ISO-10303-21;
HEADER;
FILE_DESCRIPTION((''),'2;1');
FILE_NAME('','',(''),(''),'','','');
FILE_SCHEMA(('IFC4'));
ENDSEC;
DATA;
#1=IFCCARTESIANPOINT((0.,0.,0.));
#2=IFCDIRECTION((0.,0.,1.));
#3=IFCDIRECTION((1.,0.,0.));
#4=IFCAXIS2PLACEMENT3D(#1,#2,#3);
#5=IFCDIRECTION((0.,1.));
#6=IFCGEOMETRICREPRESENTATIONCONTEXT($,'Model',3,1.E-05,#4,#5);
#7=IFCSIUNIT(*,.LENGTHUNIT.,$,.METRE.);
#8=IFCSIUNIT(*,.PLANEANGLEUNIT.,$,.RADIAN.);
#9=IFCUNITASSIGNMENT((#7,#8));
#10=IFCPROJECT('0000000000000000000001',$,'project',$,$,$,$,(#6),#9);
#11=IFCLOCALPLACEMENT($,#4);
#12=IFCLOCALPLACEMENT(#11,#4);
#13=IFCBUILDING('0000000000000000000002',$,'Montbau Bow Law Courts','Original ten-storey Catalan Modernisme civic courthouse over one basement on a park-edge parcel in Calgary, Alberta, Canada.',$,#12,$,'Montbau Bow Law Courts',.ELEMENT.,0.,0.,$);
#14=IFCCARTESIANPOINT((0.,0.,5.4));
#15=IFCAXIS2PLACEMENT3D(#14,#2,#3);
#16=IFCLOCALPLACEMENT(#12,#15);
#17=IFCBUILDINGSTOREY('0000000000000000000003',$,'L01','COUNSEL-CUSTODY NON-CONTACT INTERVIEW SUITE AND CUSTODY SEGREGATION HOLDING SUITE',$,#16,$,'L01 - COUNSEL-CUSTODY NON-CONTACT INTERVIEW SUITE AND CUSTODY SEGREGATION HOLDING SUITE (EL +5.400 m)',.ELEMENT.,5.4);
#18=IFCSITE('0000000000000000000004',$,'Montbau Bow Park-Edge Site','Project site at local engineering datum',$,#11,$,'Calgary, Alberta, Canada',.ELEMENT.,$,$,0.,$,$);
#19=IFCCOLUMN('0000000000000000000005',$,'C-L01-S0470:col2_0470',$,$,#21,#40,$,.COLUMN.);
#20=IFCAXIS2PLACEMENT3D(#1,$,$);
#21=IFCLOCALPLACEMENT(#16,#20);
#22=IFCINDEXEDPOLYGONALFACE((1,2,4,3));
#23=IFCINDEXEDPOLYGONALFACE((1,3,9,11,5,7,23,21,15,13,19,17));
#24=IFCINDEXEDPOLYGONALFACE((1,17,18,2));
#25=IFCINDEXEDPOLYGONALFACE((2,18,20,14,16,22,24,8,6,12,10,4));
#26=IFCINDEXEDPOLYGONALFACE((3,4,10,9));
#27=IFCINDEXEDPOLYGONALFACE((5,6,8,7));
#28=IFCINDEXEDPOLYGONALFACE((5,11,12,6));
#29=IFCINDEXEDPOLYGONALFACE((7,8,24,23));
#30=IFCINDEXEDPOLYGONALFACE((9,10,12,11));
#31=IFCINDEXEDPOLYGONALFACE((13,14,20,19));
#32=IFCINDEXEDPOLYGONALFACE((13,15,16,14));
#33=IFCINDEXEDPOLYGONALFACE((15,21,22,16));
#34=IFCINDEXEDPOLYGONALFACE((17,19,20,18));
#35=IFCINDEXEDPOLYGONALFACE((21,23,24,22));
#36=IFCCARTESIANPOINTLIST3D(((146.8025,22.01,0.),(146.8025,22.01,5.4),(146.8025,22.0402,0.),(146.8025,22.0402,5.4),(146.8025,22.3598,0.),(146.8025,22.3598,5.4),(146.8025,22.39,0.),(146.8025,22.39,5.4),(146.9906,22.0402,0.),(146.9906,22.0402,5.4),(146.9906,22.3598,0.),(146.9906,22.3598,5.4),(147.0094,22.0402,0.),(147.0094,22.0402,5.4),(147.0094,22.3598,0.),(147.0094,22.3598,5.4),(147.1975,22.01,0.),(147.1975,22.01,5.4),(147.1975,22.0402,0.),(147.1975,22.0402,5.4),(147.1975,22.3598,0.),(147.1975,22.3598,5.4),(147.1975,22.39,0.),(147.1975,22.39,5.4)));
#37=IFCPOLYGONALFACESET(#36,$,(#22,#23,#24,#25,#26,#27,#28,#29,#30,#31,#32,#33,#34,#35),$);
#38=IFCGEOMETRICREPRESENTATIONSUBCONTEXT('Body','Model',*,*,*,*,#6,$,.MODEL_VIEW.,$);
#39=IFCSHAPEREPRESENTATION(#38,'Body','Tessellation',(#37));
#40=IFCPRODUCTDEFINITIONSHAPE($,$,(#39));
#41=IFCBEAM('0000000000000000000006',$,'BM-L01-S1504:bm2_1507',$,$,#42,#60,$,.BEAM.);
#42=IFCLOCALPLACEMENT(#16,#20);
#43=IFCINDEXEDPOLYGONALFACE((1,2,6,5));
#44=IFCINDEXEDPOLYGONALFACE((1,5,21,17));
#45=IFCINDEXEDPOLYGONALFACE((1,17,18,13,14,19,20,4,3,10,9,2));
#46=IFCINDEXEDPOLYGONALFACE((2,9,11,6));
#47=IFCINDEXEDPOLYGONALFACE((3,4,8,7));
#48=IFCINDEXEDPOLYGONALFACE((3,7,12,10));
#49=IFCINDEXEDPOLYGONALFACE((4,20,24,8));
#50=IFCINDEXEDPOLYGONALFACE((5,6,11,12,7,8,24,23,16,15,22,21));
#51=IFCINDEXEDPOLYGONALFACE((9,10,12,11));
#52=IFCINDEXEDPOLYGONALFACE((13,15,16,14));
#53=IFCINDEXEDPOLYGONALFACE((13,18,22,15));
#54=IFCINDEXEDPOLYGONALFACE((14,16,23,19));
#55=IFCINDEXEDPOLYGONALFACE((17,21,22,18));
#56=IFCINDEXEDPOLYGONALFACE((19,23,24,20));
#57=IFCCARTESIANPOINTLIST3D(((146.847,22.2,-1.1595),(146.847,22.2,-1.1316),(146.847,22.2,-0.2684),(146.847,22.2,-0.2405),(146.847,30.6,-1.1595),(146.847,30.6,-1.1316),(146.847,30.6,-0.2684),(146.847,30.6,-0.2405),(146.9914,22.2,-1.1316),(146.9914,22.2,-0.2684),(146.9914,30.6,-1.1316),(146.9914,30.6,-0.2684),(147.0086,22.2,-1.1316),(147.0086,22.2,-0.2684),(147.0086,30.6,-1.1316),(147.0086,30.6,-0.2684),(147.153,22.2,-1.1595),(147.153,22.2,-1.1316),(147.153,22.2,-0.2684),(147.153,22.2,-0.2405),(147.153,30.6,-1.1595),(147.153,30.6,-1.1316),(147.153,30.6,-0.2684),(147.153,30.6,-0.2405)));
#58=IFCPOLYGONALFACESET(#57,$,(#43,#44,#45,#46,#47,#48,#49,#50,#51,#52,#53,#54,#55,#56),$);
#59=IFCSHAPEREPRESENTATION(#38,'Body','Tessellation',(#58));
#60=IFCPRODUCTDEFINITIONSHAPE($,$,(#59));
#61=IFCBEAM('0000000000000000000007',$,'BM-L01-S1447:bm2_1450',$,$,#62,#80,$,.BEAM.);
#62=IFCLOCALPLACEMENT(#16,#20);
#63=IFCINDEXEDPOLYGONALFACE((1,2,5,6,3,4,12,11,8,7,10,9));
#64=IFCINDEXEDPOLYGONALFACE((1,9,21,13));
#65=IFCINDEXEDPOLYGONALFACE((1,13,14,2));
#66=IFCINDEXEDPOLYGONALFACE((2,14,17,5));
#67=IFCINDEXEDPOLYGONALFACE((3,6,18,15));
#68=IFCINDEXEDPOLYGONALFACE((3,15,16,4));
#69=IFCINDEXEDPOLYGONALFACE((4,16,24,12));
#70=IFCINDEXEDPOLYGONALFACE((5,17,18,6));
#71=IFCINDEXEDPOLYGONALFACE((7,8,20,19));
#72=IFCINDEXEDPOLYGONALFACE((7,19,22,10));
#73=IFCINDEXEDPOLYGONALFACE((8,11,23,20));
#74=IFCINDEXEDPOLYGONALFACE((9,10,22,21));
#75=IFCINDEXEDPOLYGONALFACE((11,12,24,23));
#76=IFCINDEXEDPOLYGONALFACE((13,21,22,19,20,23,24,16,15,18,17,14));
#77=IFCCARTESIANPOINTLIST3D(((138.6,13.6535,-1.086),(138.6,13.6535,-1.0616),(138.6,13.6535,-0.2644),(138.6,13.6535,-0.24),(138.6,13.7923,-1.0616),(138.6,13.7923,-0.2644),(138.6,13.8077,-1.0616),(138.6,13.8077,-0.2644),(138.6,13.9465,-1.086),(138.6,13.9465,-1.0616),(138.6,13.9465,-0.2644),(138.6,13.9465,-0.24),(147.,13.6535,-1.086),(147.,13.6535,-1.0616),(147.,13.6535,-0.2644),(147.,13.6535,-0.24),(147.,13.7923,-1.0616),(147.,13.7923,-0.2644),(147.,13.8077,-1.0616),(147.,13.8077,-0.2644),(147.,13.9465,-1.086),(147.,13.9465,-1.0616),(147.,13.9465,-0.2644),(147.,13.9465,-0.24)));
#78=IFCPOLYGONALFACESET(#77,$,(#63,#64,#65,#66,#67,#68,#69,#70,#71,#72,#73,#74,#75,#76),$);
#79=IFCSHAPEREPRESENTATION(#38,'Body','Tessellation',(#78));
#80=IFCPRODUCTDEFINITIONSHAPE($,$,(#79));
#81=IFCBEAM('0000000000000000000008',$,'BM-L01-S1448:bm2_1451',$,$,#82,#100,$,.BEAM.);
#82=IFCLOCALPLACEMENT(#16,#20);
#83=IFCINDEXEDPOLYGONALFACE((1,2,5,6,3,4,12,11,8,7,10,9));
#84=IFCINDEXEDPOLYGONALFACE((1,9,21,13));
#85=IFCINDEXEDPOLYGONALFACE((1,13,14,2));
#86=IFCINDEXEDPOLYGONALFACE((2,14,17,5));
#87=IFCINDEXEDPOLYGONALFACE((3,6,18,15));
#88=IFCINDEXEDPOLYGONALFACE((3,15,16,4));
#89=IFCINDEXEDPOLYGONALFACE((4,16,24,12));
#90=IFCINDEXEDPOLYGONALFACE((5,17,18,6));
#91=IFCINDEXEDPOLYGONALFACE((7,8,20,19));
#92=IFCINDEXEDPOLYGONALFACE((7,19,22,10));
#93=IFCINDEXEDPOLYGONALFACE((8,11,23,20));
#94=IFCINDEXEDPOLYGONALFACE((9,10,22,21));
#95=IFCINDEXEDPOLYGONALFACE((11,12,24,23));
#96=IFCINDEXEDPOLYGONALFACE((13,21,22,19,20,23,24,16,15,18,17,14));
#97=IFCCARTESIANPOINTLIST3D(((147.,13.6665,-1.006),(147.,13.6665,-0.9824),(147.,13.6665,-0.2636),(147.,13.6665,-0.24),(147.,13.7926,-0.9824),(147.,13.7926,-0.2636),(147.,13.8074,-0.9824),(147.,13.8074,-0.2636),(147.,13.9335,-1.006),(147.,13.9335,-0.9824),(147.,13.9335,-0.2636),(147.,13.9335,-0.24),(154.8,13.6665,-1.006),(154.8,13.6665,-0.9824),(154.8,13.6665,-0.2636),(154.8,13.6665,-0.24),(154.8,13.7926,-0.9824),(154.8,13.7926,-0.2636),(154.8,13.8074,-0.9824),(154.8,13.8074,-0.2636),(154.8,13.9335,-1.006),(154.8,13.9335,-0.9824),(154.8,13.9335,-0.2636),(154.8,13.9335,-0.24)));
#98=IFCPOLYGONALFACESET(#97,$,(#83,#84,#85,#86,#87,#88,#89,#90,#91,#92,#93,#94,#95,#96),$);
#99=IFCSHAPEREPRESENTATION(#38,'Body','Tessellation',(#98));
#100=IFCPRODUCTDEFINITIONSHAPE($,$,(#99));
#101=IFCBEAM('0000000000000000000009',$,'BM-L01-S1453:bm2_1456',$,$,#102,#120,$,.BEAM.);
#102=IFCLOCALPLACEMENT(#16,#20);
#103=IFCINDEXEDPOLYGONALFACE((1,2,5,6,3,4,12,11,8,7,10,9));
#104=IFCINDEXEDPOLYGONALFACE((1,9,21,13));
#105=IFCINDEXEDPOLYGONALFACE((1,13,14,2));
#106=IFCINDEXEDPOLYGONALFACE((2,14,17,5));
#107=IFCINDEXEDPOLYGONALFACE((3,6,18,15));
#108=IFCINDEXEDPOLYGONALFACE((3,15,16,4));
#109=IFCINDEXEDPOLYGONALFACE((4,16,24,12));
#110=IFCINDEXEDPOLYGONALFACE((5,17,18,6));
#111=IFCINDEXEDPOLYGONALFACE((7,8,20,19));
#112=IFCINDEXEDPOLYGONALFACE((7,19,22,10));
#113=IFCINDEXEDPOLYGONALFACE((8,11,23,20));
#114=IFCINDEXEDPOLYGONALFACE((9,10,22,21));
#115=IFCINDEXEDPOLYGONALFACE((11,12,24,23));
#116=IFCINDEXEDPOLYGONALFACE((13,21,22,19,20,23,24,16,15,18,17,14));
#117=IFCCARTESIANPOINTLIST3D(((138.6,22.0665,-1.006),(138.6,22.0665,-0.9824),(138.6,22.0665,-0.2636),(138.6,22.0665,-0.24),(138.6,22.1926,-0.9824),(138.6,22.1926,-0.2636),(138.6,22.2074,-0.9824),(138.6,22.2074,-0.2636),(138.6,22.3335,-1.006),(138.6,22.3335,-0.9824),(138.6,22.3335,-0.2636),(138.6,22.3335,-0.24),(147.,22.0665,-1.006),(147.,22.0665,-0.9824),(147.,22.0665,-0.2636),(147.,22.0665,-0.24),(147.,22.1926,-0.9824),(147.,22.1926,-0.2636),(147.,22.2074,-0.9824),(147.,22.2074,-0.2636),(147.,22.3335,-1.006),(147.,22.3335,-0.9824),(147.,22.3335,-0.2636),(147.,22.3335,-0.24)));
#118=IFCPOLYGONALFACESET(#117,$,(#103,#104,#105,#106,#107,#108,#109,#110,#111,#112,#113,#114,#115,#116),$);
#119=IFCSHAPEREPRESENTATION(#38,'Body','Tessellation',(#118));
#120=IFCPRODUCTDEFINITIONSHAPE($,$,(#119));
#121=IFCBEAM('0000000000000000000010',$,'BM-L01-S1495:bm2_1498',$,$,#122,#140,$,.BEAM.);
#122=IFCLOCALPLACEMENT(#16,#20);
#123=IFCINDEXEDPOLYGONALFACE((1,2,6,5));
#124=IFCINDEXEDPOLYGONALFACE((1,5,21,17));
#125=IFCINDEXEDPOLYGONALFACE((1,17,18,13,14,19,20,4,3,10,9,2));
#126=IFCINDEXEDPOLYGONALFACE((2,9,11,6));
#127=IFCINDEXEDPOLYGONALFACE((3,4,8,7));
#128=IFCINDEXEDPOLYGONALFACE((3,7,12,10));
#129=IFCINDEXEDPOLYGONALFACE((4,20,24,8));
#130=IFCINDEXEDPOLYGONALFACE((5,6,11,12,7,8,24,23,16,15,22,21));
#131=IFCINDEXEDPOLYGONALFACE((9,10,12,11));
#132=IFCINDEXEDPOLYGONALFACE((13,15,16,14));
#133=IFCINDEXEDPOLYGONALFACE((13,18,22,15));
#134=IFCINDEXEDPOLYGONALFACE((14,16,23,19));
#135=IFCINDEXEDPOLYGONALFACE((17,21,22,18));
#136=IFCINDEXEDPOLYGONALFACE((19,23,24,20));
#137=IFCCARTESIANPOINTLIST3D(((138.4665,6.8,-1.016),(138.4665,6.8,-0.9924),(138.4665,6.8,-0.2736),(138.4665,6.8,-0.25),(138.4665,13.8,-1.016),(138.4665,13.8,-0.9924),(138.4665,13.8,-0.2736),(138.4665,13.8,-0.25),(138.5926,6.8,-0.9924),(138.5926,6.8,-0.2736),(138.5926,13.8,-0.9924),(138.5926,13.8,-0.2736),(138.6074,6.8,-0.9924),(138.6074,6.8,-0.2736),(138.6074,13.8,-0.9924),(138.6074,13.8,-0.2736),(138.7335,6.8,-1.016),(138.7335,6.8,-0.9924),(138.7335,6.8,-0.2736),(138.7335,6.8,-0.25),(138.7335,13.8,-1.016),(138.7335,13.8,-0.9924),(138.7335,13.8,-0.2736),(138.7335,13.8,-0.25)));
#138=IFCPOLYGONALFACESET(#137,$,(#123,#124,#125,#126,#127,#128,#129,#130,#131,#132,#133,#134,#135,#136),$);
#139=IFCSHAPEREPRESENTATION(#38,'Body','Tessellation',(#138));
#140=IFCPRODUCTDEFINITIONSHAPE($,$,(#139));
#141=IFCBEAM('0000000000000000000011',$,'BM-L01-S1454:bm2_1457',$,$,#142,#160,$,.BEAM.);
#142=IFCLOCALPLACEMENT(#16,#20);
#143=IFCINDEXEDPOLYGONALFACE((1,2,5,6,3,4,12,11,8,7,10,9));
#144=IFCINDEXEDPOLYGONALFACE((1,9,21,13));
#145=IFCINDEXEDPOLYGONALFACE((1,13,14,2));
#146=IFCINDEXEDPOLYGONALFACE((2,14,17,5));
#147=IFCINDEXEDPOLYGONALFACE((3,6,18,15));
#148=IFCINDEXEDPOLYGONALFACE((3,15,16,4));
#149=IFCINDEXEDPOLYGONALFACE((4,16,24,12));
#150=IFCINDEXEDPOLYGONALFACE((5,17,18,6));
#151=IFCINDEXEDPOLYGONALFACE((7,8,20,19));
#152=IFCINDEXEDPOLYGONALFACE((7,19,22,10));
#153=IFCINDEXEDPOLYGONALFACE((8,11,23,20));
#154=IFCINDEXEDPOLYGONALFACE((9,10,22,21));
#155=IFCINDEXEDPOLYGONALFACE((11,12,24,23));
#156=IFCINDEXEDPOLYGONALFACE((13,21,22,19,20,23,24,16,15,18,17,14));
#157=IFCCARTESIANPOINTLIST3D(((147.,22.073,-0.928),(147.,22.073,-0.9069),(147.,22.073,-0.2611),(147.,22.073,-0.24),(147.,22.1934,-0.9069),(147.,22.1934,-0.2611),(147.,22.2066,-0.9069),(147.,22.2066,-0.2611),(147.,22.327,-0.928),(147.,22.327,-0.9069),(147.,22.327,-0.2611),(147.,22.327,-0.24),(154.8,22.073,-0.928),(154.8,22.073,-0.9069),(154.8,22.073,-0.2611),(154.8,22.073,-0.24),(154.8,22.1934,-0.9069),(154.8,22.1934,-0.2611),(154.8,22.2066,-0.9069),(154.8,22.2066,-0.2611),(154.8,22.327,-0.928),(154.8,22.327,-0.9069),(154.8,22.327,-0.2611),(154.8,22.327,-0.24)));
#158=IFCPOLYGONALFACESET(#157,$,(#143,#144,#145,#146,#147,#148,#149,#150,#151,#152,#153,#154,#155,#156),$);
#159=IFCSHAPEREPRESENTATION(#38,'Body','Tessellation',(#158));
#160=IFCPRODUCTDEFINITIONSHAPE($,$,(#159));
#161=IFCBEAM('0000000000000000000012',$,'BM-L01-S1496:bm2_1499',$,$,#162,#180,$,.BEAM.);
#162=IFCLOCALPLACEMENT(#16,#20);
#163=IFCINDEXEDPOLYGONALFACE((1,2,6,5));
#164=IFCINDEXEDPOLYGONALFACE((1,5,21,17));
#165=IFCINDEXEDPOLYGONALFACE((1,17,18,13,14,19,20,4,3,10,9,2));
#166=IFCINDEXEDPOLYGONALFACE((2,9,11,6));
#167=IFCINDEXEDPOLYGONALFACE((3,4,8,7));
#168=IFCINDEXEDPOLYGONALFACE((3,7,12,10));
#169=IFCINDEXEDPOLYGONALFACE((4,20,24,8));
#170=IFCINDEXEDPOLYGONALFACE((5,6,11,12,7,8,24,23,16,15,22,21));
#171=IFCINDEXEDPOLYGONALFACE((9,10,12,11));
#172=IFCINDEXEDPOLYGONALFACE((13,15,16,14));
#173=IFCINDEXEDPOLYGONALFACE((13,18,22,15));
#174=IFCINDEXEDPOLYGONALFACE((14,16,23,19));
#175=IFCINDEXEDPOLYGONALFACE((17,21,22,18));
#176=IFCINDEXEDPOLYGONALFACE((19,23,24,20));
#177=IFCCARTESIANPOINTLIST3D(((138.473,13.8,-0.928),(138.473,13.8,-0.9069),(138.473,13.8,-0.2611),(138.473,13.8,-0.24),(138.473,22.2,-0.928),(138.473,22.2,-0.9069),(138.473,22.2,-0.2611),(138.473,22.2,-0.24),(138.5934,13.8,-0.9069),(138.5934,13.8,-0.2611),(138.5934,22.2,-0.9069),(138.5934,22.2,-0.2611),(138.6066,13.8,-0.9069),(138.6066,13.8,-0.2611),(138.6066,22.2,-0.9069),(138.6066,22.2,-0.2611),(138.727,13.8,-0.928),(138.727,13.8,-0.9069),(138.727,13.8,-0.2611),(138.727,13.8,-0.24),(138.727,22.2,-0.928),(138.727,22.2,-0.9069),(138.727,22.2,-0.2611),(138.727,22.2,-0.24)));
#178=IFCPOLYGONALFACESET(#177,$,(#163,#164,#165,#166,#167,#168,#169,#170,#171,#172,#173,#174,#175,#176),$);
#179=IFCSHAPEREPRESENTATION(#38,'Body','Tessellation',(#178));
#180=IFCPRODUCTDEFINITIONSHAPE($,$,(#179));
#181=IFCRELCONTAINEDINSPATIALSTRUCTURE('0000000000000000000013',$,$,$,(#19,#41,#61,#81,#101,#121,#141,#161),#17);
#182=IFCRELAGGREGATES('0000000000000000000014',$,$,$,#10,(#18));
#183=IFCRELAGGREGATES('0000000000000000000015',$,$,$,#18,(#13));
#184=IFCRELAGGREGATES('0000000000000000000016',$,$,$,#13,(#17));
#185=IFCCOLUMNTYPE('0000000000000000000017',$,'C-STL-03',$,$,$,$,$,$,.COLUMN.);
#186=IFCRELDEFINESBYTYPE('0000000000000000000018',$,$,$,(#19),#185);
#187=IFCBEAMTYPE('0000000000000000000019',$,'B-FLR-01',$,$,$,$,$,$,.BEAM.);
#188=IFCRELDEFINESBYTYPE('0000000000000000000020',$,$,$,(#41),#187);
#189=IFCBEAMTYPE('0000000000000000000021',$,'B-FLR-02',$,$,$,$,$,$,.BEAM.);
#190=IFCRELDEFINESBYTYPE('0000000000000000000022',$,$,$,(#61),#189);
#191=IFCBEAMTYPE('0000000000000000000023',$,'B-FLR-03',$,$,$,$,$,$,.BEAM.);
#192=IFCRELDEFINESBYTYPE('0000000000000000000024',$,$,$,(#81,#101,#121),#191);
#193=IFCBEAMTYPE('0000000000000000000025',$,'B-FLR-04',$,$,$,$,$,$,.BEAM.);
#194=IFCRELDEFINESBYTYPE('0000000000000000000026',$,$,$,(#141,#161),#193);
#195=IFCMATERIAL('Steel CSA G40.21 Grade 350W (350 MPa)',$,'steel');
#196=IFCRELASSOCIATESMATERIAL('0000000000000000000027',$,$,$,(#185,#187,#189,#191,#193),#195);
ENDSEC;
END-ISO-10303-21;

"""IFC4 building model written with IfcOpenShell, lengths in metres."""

from ifc_helpers import new_model, si_unit, direction, frame, origin_with_axes, origin_2d_with_axis, place, context, subcontext, project, spatial, i_section, extrude, material, material_profile, profile_set, type_object, element, save


model = new_model("IFC4")

# Units and contexts
model_context = context("Model", 3, precision=1e-05, world=origin_with_axes(), true_north=direction((0.0, 1.0)))
body_context = subcontext(model_context, "Body", "Model", "MODEL_VIEW")
ifc_project = project(units=[si_unit("LENGTHUNIT", "METRE"), si_unit("PLANEANGLEUNIT", "RADIAN")], contexts=[model_context])

# Site, building, storey
site_placement = place(None, origin_with_axes())
site = spatial("IfcSite", under=ifc_project, at=site_placement, Name="Montbau Bow Park-Edge Site", Description="Project site at local engineering datum", LongName="Calgary, Alberta, Canada", CompositionType="ELEMENT", RefElevation=0.0)
building_placement = place(site_placement, origin_with_axes())
building = spatial("IfcBuilding", under=site, at=building_placement, Name="Montbau Bow Law Courts", Description="Original ten-storey Catalan Modernisme civic courthouse over one basement on a park-edge parcel in Calgary, Alberta, Canada.", LongName="Montbau Bow Law Courts", CompositionType="ELEMENT", ElevationOfRefHeight=0.0, ElevationOfTerrain=0.0)
storey_placement = place(building_placement, frame((0.0, 0.0, 5.4), z_axis=(0.0, 0.0, 1.0), x_axis=(1.0, 0.0, 0.0)))
storey = spatial("IfcBuildingStorey", under=building, at=storey_placement, Name="L01", Description="COUNSEL-CUSTODY NON-CONTACT INTERVIEW SUITE AND CUSTODY SEGREGATION HOLDING SUITE", LongName="L01 - COUNSEL-CUSTODY NON-CONTACT INTERVIEW SUITE AND CUSTODY SEGREGATION HOLDING SUITE (EL +5.400 m)", CompositionType="ELEMENT", Elevation=5.4)

# Column
ifc_material_1 = material(Name="Steel CSA G40.21 Grade 350W (350 MPa)", Category="steel")
ifc_material_profile_1 = material_profile(ifc_material_1, i_section(OverallWidth=0.395, OverallDepth=0.38, WebThickness=0.0189, FlangeThickness=0.0302, at=origin_2d_with_axis()), Name="W360X237", Category="Main", Priority=0)
ifc_profile_set_1 = profile_set([ifc_material_profile_1], Name="Steel CSA G40.21 Grade 350W (350 MPa)")
column_type_1 = type_object("IfcColumnType", Name="C-STL-03", PredefinedType="COLUMN", material=ifc_profile_set_1)
column_1_placement = place(None, frame((147.0, 22.2, 5.4), z_axis=(0.0, 0.0, 1.0), x_axis=(1.0, 0.0, 0.0)))
element("IfcColumn", 1, at=column_1_placement, inside=storey, type_object=column_type_1, Name="C-L01-S0470:col2_0470", PredefinedType="COLUMN", context=body_context, shape_type="SweptSolid", body=[
    extrude(i_section(OverallWidth=0.395, OverallDepth=0.38, WebThickness=0.0189, FlangeThickness=0.0302, at=origin_2d_with_axis()), origin_with_axes(), (0.0, 0.0, 1.0), 5.4),
])

# Beams
ifc_material_profile_2 = material_profile(ifc_material_1, i_section(OverallWidth=0.306, OverallDepth=0.919, WebThickness=0.0173, FlangeThickness=0.0279, at=origin_2d_with_axis()), Name="W920X253", Category="Main", Priority=0)
ifc_profile_set_2 = profile_set([ifc_material_profile_2], Name="Steel CSA G40.21 Grade 350W (350 MPa)")
beam_type_1 = type_object("IfcBeamType", Name="B-FLR-01", PredefinedType="BEAM", material=ifc_profile_set_2)
beam_1_placement = place(None, frame((147.0, 22.2, 4.7), z_axis=(0.0, 1.0, 0.0), x_axis=(-1.0, 0.0, 0.0)))
element("IfcBeam", 2, at=beam_1_placement, inside=storey, type_object=beam_type_1, Name="BM-L01-S1504:bm2_1507", PredefinedType="BEAM", context=body_context, shape_type="SweptSolid", body=[
    extrude(i_section(OverallWidth=0.306, OverallDepth=0.919, WebThickness=0.0173, FlangeThickness=0.0279, at=origin_2d_with_axis()), origin_with_axes(), (0.0, 0.0, 1.0), 8.4),
])
ifc_material_profile_3 = material_profile(ifc_material_1, i_section(OverallWidth=0.293, OverallDepth=0.846, WebThickness=0.0154, FlangeThickness=0.0244, at=origin_2d_with_axis()), Name="W840X210", Category="Main", Priority=0)
ifc_profile_set_3 = profile_set([ifc_material_profile_3], Name="Steel CSA G40.21 Grade 350W (350 MPa)")
beam_type_2 = type_object("IfcBeamType", Name="B-FLR-02", PredefinedType="BEAM", material=ifc_profile_set_3)
beam_2_placement = place(None, frame((138.6, 13.8, 4.737), z_axis=(1.0, 0.0, 0.0), x_axis=(0.0, 1.0, 0.0)))
element("IfcBeam", 3, at=beam_2_placement, inside=storey, type_object=beam_type_2, Name="BM-L01-S1447:bm2_1450", PredefinedType="BEAM", context=body_context, shape_type="SweptSolid", body=[
    extrude(i_section(OverallWidth=0.293, OverallDepth=0.846, WebThickness=0.0154, FlangeThickness=0.0244, at=origin_2d_with_axis()), origin_with_axes(), (0.0, 0.0, 1.0), 8.4),
])
ifc_material_profile_4 = material_profile(ifc_material_1, i_section(OverallWidth=0.267, OverallDepth=0.766, WebThickness=0.0149, FlangeThickness=0.0236, at=origin_2d_with_axis()), Name="W760X185", Category="Main", Priority=0)
ifc_profile_set_4 = profile_set([ifc_material_profile_4], Name="Steel CSA G40.21 Grade 350W (350 MPa)")
beam_type_3 = type_object("IfcBeamType", Name="B-FLR-03", PredefinedType="BEAM", material=ifc_profile_set_4)
beam_3_placement = place(None, frame((147.0, 13.8, 4.777), z_axis=(1.0, 0.0, 0.0), x_axis=(0.0, 1.0, 0.0)))
element("IfcBeam", 4, at=beam_3_placement, inside=storey, type_object=beam_type_3, Name="BM-L01-S1448:bm2_1451", PredefinedType="BEAM", context=body_context, shape_type="SweptSolid", body=[
    extrude(i_section(OverallWidth=0.267, OverallDepth=0.766, WebThickness=0.0149, FlangeThickness=0.0236, at=origin_2d_with_axis()), origin_with_axes(), (0.0, 0.0, 1.0), 7.8),
])
beam_4_placement = place(None, frame((138.6, 22.2, 4.777), z_axis=(1.0, 0.0, 0.0), x_axis=(0.0, 1.0, 0.0)))
element("IfcBeam", 5, at=beam_4_placement, inside=storey, type_object=beam_type_3, Name="BM-L01-S1453:bm2_1456", PredefinedType="BEAM", context=body_context, shape_type="SweptSolid", body=[
    extrude(i_section(OverallWidth=0.267, OverallDepth=0.766, WebThickness=0.0149, FlangeThickness=0.0236, at=origin_2d_with_axis()), origin_with_axes(), (0.0, 0.0, 1.0), 8.4),
])
beam_5_placement = place(None, frame((138.6, 6.8, 4.767), z_axis=(0.0, 1.0, 0.0), x_axis=(-1.0, 0.0, 0.0)))
element("IfcBeam", 6, at=beam_5_placement, inside=storey, type_object=beam_type_3, Name="BM-L01-S1495:bm2_1498", PredefinedType="BEAM", context=body_context, shape_type="SweptSolid", body=[
    extrude(i_section(OverallWidth=0.267, OverallDepth=0.766, WebThickness=0.0149, FlangeThickness=0.0236, at=origin_2d_with_axis()), origin_with_axes(), (0.0, 0.0, 1.0), 7.0),
])
ifc_material_profile_5 = material_profile(ifc_material_1, i_section(OverallWidth=0.254, OverallDepth=0.688, WebThickness=0.0131, FlangeThickness=0.0211, at=origin_2d_with_axis()), Name="W690X152", Category="Main", Priority=0)
ifc_profile_set_5 = profile_set([ifc_material_profile_5], Name="Steel CSA G40.21 Grade 350W (350 MPa)")
beam_type_4 = type_object("IfcBeamType", Name="B-FLR-04", PredefinedType="BEAM", material=ifc_profile_set_5)
beam_6_placement = place(None, frame((147.0, 22.2, 4.816), z_axis=(1.0, 0.0, 0.0), x_axis=(0.0, 1.0, 0.0)))
element("IfcBeam", 7, at=beam_6_placement, inside=storey, type_object=beam_type_4, Name="BM-L01-S1454:bm2_1457", PredefinedType="BEAM", context=body_context, shape_type="SweptSolid", body=[
    extrude(i_section(OverallWidth=0.254, OverallDepth=0.688, WebThickness=0.0131, FlangeThickness=0.0211, at=origin_2d_with_axis()), origin_with_axes(), (0.0, 0.0, 1.0), 7.8),
])
beam_7_placement = place(None, frame((138.6, 13.8, 4.816), z_axis=(0.0, 1.0, 0.0), x_axis=(-1.0, 0.0, 0.0)))
element("IfcBeam", 8, at=beam_7_placement, inside=storey, type_object=beam_type_4, Name="BM-L01-S1496:bm2_1499", PredefinedType="BEAM", context=body_context, shape_type="SweptSolid", body=[
    extrude(i_section(OverallWidth=0.254, OverallDepth=0.688, WebThickness=0.0131, FlangeThickness=0.0211, at=origin_2d_with_axis()), origin_with_axes(), (0.0, 0.0, 1.0), 8.4),
])

save(model, "model.ifc")
